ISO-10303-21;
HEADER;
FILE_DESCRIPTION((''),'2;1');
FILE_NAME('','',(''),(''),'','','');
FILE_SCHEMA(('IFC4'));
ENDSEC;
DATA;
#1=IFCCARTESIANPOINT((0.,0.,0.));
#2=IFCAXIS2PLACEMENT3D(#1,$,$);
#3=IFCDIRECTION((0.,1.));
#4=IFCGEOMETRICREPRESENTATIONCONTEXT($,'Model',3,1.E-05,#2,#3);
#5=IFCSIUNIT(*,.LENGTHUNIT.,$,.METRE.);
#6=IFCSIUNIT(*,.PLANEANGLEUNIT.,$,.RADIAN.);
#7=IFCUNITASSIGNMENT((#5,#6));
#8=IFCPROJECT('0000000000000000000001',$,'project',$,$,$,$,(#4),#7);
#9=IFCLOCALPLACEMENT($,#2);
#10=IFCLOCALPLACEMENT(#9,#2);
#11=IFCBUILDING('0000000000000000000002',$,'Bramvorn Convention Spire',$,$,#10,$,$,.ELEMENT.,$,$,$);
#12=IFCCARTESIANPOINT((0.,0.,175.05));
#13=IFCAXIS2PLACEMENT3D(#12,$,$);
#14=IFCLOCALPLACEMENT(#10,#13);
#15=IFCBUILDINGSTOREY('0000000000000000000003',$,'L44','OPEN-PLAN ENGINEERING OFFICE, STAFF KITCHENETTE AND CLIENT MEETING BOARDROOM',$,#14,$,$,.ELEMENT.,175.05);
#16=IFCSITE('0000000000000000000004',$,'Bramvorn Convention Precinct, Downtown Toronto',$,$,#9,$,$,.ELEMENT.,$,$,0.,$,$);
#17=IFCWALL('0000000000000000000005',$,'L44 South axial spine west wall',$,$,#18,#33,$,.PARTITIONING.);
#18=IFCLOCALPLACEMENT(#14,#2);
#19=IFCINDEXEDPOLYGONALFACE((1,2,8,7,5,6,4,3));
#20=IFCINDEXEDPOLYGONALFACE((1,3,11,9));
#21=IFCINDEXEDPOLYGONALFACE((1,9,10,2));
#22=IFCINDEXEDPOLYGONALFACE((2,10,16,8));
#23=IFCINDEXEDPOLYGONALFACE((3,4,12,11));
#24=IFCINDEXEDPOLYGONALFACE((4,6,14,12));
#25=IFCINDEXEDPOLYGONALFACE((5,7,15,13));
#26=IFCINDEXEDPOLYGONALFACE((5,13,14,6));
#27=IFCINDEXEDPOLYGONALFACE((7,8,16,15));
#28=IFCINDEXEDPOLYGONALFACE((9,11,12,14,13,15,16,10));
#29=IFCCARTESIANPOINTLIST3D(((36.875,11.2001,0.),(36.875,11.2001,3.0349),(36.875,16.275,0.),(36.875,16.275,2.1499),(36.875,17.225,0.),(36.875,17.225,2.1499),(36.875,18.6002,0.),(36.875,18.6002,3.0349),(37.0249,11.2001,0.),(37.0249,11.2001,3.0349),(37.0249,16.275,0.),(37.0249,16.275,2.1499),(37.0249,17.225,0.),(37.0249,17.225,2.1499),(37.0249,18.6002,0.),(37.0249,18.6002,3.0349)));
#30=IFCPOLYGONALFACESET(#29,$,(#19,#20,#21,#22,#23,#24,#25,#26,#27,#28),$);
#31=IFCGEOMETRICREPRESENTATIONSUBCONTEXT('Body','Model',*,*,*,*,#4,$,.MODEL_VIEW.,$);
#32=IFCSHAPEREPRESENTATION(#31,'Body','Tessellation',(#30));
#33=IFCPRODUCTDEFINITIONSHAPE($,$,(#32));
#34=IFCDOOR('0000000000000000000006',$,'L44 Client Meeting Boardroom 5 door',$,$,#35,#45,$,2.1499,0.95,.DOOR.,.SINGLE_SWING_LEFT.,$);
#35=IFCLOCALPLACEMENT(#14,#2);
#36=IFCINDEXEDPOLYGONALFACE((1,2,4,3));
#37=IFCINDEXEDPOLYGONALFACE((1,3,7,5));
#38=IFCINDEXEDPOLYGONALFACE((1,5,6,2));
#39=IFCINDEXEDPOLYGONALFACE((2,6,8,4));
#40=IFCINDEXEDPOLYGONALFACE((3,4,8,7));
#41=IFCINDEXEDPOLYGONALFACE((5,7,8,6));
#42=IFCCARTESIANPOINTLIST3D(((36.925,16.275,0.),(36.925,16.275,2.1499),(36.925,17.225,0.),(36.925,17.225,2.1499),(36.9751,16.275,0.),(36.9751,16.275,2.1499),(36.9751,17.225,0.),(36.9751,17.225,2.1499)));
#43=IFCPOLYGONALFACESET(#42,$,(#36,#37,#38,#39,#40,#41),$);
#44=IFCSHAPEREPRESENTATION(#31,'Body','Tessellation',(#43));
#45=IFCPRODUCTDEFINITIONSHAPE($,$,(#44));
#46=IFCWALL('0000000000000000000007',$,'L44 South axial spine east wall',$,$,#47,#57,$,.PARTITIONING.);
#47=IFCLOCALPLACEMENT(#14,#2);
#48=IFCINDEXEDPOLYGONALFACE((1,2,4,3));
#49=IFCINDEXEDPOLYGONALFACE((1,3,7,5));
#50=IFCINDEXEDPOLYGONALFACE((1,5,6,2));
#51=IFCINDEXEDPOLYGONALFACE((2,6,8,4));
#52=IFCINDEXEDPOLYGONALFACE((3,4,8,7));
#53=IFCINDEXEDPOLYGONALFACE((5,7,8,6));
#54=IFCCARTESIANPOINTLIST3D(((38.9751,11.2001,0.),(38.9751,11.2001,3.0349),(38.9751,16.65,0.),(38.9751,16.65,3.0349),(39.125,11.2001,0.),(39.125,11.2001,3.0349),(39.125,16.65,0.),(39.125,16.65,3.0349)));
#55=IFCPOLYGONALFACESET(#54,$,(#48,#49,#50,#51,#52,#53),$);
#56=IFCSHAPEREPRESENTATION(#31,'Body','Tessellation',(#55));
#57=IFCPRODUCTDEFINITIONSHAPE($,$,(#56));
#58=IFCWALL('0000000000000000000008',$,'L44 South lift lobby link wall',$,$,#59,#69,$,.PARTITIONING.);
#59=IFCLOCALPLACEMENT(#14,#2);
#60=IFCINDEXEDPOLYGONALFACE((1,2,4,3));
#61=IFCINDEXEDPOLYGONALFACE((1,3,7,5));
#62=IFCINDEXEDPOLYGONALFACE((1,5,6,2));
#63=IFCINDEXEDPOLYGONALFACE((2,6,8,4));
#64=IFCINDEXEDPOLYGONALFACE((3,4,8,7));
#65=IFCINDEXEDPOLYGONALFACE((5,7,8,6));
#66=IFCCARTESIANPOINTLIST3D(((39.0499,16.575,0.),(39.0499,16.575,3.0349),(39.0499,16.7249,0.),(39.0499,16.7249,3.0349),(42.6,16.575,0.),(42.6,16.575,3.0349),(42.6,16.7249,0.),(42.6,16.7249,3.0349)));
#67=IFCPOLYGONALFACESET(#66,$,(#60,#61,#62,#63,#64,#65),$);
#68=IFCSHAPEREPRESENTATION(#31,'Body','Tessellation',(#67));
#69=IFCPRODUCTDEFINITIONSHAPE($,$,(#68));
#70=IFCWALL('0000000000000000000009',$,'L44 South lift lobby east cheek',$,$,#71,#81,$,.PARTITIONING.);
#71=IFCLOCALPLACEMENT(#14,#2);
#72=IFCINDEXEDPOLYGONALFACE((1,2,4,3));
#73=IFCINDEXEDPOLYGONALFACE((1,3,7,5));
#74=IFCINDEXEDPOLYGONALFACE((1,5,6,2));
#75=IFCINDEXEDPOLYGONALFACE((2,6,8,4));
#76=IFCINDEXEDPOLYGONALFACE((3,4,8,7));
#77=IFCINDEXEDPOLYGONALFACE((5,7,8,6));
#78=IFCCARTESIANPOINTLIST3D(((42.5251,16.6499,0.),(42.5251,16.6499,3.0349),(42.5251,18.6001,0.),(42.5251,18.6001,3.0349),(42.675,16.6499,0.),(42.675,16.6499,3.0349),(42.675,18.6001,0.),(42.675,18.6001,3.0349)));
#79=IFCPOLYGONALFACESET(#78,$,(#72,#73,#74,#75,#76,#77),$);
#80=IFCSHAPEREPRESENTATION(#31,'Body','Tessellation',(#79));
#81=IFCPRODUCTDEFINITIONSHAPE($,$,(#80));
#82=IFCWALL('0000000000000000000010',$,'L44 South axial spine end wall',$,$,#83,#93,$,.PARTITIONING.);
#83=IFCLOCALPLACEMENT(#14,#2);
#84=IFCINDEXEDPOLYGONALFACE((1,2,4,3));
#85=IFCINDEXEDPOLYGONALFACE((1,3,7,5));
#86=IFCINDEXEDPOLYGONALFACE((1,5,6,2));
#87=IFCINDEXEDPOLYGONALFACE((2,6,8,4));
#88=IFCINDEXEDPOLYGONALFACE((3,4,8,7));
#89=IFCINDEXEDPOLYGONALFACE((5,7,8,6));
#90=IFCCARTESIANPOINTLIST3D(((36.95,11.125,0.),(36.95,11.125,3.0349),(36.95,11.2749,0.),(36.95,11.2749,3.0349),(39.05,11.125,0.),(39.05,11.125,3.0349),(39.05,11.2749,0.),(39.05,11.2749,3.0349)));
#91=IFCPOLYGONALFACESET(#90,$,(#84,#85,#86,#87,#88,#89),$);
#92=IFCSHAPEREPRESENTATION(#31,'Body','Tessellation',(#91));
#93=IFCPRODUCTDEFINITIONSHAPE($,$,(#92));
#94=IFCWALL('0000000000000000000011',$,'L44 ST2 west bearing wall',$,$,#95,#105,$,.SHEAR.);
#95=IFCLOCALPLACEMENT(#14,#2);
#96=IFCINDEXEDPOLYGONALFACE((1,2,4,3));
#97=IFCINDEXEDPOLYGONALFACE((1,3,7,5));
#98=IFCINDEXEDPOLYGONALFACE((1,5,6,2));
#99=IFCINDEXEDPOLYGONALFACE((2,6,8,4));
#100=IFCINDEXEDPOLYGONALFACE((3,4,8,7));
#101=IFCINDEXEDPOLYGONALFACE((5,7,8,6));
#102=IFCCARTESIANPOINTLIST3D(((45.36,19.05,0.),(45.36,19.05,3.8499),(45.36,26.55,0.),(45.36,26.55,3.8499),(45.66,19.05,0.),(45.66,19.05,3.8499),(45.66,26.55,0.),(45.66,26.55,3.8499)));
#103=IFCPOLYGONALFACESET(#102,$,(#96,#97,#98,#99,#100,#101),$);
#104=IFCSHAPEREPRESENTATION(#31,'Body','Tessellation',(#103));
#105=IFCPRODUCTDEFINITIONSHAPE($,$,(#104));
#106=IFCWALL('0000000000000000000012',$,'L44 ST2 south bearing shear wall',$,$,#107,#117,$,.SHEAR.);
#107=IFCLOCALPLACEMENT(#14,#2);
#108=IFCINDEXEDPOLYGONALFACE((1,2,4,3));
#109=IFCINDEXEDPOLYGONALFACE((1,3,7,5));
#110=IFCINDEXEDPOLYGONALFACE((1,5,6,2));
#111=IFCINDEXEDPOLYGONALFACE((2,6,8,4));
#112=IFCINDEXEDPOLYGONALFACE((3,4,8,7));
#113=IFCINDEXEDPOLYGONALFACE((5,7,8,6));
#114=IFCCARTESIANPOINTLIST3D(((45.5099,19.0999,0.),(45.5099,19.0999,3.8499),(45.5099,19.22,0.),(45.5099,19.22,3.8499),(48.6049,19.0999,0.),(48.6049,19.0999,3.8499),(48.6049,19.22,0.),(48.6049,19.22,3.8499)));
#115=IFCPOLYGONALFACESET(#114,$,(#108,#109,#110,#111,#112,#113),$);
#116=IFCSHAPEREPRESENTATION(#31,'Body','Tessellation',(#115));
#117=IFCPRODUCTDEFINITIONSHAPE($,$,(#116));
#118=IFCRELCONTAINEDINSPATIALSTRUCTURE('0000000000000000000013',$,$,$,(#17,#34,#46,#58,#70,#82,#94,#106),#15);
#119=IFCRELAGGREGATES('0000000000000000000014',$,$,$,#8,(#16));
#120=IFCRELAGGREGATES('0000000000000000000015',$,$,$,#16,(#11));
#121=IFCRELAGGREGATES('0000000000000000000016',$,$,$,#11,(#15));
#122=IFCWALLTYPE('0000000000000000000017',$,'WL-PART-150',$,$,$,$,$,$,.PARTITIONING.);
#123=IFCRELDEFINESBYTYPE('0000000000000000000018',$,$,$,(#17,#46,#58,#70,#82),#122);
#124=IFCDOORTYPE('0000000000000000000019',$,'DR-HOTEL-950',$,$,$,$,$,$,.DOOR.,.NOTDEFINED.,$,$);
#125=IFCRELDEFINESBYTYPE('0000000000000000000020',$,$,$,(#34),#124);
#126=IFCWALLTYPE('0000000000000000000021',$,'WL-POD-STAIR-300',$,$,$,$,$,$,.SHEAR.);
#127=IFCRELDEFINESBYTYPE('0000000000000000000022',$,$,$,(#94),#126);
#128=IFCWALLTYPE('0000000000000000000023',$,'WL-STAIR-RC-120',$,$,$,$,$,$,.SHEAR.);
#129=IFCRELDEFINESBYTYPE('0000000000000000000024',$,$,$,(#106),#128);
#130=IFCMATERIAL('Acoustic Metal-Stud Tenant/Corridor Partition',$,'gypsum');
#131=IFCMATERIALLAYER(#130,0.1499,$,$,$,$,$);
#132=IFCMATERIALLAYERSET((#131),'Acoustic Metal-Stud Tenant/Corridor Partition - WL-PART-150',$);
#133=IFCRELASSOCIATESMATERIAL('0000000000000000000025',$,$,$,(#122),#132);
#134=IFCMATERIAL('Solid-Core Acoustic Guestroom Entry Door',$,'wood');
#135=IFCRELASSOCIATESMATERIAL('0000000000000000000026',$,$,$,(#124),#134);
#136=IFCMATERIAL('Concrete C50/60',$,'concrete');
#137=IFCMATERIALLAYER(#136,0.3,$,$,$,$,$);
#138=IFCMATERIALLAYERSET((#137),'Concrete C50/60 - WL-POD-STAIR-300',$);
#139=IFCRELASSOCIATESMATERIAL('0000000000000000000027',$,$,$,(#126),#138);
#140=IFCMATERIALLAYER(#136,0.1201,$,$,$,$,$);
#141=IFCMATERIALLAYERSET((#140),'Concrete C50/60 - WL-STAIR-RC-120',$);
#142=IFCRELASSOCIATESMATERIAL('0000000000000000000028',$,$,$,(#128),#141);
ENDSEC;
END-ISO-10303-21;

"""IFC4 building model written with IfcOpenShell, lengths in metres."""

from ifc_helpers import new_model, si_unit, direction, frame, frame_2d, origin, place, context, subcontext, project, spatial, rectangle, extrude, material, layer, layer_set, type_object, element, fill, save


model = new_model("IFC4")

# Units and contexts
model_context = context("Model", 3, precision=1e-05, world=origin(), true_north=direction((0.0, 1.0)))
body_context = subcontext(model_context, "Body", "Model", "MODEL_VIEW")
ifc_project = project(units=[si_unit("LENGTHUNIT", "METRE"), si_unit("PLANEANGLEUNIT", "RADIAN")], contexts=[model_context])

# Site, building, storey
site_placement = place(None, origin())
site = spatial("IfcSite", under=ifc_project, at=site_placement, Name="Bramvorn Convention Precinct, Downtown Toronto", CompositionType="ELEMENT", RefElevation=0.0)
building_placement = place(site_placement, origin())
building = spatial("IfcBuilding", under=site, at=building_placement, Name="Bramvorn Convention Spire", CompositionType="ELEMENT")
storey_placement = place(building_placement, frame((0.0, 0.0, 175.05)))
storey = spatial("IfcBuildingStorey", under=building, at=storey_placement, Name="L44", Description="OPEN-PLAN ENGINEERING OFFICE, STAFF KITCHENETTE AND CLIENT MEETING BOARDROOM", CompositionType="ELEMENT", Elevation=175.05)

# Shared definitions
ifc_material_1 = material(Name="Concrete C50/60", Category="concrete")

# Wall, opening, door
ifc_material_2 = material(Name="Acoustic Metal-Stud Tenant/Corridor Partition", Category="gypsum")
ifc_layer_1 = layer(ifc_material_2, 0.1499)
ifc_layer_set_1 = layer_set([ifc_layer_1], Name="Acoustic Metal-Stud Tenant/Corridor Partition - WL-PART-150")
wall_type_1 = type_object("IfcWallType", Name="WL-PART-150", PredefinedType="PARTITIONING", material=ifc_layer_set_1)
wall_1_placement = place(storey_placement, frame((36.95, 11.2, 0.0), z_axis=(0.0, 0.0, 1.0), x_axis=(0.0, 1.0, 0.0)))
wall_1 = element("IfcWall", 1, at=wall_1_placement, inside=storey, type_object=wall_type_1, Name="L44 South axial spine west wall", PredefinedType="PARTITIONING", context=body_context, shape_type="SweptSolid", body=[
    extrude(rectangle(XDim=7.4001, YDim=0.1499, at=frame_2d((3.7002, 0.0))), origin(), (0.0, 0.0, 1.0), 3.0349),
])
opening_placement = place(wall_1_placement, frame((5.075, 0.0, 0.0)))
opening = element("IfcOpeningElement", 2, at=opening_placement, cuts=wall_1, PredefinedType="OPENING", context=body_context, shape_type="SweptSolid", body=[
    extrude(rectangle(XDim=0.95, YDim=2.1499, at=frame_2d((0.4751, 1.075))), frame((0.0, 0.085, 0.0), z_axis=(0.0, -1.0, 0.0), x_axis=(1.0, 0.0, 0.0)), (0.0, 0.0, 1.0), 0.1699),
])
ifc_material_3 = material(Name="Solid-Core Acoustic Guestroom Entry Door", Category="wood")
door_type = type_object("IfcDoorType", Name="DR-HOTEL-950", OperationType="NOTDEFINED", PredefinedType="DOOR", material=ifc_material_3)
door_placement = place(opening_placement, origin())
door = element("IfcDoor", 3, at=door_placement, inside=storey, type_object=door_type, Name="L44 Client Meeting Boardroom 5 door", OperationType="SINGLE_SWING_LEFT", OverallHeight=2.1499, OverallWidth=0.95, PredefinedType="DOOR", context=body_context, shape_type="SweptSolid", body=[
    extrude(rectangle(XDim=0.95, YDim=2.1499, at=frame_2d((0.4751, 1.075))), frame((0.0, 0.0249, 0.0), z_axis=(0.0, -1.0, 0.0), x_axis=(1.0, 0.0, 0.0)), (0.0, 0.0, 1.0), 0.05),
])
fill(opening, door)

# Walls
wall_2_placement = place(storey_placement, frame((39.05, 11.2, 0.0), z_axis=(0.0, 0.0, 1.0), x_axis=(0.0, 1.0, 0.0)))
element("IfcWall", 4, at=wall_2_placement, inside=storey, type_object=wall_type_1, Name="L44 South axial spine east wall", PredefinedType="PARTITIONING", context=body_context, shape_type="SweptSolid", body=[
    extrude(rectangle(XDim=5.45, YDim=0.1499, at=frame_2d((2.7251, 0.0))), origin(), (0.0, 0.0, 1.0), 3.0349),
])
wall_3_placement = place(storey_placement, frame((39.05, 16.6499, 0.0), z_axis=(0.0, 0.0, 1.0), x_axis=(1.0, 0.0, 0.0)))
element("IfcWall", 5, at=wall_3_placement, inside=storey, type_object=wall_type_1, Name="L44 South lift lobby link wall", PredefinedType="PARTITIONING", context=body_context, shape_type="SweptSolid", body=[
    extrude(rectangle(XDim=3.55, YDim=0.1499, at=frame_2d((1.7749, 0.0))), origin(), (0.0, 0.0, 1.0), 3.0349),
])
wall_4_placement = place(storey_placement, frame((42.6001, 16.6499, 0.0), z_axis=(0.0, 0.0, 1.0), x_axis=(0.0, 1.0, 0.0)))
element("IfcWall", 6, at=wall_4_placement, inside=storey, type_object=wall_type_1, Name="L44 South lift lobby east cheek", PredefinedType="PARTITIONING", context=body_context, shape_type="SweptSolid", body=[
    extrude(rectangle(XDim=1.9502, YDim=0.1499, at=frame_2d((0.9751, 0.0))), origin(), (0.0, 0.0, 1.0), 3.0349),
])
wall_5_placement = place(storey_placement, frame((36.95, 11.2, 0.0), z_axis=(0.0, 0.0, 1.0), x_axis=(1.0, 0.0, 0.0)))
element("IfcWall", 7, at=wall_5_placement, inside=storey, type_object=wall_type_1, Name="L44 South axial spine end wall", PredefinedType="PARTITIONING", context=body_context, shape_type="SweptSolid", body=[
    extrude(rectangle(XDim=2.1001, YDim=0.1499, at=frame_2d((1.05, 0.0))), origin(), (0.0, 0.0, 1.0), 3.0349),
])
ifc_layer_2 = layer(ifc_material_1, 0.3)
ifc_layer_set_2 = layer_set([ifc_layer_2], Name="Concrete C50/60 - WL-POD-STAIR-300")
wall_type_2 = type_object("IfcWallType", Name="WL-POD-STAIR-300", PredefinedType="SHEAR", material=ifc_layer_set_2)
wall_6_placement = place(storey_placement, frame((45.51, 19.05, 0.0), z_axis=(0.0, 0.0, 1.0), x_axis=(0.0, 1.0, 0.0)))
element("IfcWall", 8, at=wall_6_placement, inside=storey, type_object=wall_type_2, Name="L44 ST2 west bearing wall", PredefinedType="SHEAR", context=body_context, shape_type="SweptSolid", body=[
    extrude(rectangle(XDim=7.5, YDim=0.3, at=frame_2d((3.75, 0.0))), origin(), (0.0, 0.0, 1.0), 3.8499),
])
ifc_layer_3 = layer(ifc_material_1, 0.1201)
ifc_layer_set_3 = layer_set([ifc_layer_3], Name="Concrete C50/60 - WL-STAIR-RC-120")
wall_type_3 = type_object("IfcWallType", Name="WL-STAIR-RC-120", PredefinedType="SHEAR", material=ifc_layer_set_3)
wall_7_placement = place(storey_placement, frame((45.51, 19.1599, 0.0), z_axis=(0.0, 0.0, 1.0), x_axis=(1.0, 0.0, 0.0)))
element("IfcWall", 9, at=wall_7_placement, inside=storey, type_object=wall_type_3, Name="L44 ST2 south bearing shear wall", PredefinedType="SHEAR", context=body_context, shape_type="SweptSolid", body=[
    extrude(rectangle(XDim=3.095, YDim=0.1201, at=frame_2d((1.5474, 0.0))), origin(), (0.0, 0.0, 1.0), 3.8499),
])

save(model, "model.ifc")
